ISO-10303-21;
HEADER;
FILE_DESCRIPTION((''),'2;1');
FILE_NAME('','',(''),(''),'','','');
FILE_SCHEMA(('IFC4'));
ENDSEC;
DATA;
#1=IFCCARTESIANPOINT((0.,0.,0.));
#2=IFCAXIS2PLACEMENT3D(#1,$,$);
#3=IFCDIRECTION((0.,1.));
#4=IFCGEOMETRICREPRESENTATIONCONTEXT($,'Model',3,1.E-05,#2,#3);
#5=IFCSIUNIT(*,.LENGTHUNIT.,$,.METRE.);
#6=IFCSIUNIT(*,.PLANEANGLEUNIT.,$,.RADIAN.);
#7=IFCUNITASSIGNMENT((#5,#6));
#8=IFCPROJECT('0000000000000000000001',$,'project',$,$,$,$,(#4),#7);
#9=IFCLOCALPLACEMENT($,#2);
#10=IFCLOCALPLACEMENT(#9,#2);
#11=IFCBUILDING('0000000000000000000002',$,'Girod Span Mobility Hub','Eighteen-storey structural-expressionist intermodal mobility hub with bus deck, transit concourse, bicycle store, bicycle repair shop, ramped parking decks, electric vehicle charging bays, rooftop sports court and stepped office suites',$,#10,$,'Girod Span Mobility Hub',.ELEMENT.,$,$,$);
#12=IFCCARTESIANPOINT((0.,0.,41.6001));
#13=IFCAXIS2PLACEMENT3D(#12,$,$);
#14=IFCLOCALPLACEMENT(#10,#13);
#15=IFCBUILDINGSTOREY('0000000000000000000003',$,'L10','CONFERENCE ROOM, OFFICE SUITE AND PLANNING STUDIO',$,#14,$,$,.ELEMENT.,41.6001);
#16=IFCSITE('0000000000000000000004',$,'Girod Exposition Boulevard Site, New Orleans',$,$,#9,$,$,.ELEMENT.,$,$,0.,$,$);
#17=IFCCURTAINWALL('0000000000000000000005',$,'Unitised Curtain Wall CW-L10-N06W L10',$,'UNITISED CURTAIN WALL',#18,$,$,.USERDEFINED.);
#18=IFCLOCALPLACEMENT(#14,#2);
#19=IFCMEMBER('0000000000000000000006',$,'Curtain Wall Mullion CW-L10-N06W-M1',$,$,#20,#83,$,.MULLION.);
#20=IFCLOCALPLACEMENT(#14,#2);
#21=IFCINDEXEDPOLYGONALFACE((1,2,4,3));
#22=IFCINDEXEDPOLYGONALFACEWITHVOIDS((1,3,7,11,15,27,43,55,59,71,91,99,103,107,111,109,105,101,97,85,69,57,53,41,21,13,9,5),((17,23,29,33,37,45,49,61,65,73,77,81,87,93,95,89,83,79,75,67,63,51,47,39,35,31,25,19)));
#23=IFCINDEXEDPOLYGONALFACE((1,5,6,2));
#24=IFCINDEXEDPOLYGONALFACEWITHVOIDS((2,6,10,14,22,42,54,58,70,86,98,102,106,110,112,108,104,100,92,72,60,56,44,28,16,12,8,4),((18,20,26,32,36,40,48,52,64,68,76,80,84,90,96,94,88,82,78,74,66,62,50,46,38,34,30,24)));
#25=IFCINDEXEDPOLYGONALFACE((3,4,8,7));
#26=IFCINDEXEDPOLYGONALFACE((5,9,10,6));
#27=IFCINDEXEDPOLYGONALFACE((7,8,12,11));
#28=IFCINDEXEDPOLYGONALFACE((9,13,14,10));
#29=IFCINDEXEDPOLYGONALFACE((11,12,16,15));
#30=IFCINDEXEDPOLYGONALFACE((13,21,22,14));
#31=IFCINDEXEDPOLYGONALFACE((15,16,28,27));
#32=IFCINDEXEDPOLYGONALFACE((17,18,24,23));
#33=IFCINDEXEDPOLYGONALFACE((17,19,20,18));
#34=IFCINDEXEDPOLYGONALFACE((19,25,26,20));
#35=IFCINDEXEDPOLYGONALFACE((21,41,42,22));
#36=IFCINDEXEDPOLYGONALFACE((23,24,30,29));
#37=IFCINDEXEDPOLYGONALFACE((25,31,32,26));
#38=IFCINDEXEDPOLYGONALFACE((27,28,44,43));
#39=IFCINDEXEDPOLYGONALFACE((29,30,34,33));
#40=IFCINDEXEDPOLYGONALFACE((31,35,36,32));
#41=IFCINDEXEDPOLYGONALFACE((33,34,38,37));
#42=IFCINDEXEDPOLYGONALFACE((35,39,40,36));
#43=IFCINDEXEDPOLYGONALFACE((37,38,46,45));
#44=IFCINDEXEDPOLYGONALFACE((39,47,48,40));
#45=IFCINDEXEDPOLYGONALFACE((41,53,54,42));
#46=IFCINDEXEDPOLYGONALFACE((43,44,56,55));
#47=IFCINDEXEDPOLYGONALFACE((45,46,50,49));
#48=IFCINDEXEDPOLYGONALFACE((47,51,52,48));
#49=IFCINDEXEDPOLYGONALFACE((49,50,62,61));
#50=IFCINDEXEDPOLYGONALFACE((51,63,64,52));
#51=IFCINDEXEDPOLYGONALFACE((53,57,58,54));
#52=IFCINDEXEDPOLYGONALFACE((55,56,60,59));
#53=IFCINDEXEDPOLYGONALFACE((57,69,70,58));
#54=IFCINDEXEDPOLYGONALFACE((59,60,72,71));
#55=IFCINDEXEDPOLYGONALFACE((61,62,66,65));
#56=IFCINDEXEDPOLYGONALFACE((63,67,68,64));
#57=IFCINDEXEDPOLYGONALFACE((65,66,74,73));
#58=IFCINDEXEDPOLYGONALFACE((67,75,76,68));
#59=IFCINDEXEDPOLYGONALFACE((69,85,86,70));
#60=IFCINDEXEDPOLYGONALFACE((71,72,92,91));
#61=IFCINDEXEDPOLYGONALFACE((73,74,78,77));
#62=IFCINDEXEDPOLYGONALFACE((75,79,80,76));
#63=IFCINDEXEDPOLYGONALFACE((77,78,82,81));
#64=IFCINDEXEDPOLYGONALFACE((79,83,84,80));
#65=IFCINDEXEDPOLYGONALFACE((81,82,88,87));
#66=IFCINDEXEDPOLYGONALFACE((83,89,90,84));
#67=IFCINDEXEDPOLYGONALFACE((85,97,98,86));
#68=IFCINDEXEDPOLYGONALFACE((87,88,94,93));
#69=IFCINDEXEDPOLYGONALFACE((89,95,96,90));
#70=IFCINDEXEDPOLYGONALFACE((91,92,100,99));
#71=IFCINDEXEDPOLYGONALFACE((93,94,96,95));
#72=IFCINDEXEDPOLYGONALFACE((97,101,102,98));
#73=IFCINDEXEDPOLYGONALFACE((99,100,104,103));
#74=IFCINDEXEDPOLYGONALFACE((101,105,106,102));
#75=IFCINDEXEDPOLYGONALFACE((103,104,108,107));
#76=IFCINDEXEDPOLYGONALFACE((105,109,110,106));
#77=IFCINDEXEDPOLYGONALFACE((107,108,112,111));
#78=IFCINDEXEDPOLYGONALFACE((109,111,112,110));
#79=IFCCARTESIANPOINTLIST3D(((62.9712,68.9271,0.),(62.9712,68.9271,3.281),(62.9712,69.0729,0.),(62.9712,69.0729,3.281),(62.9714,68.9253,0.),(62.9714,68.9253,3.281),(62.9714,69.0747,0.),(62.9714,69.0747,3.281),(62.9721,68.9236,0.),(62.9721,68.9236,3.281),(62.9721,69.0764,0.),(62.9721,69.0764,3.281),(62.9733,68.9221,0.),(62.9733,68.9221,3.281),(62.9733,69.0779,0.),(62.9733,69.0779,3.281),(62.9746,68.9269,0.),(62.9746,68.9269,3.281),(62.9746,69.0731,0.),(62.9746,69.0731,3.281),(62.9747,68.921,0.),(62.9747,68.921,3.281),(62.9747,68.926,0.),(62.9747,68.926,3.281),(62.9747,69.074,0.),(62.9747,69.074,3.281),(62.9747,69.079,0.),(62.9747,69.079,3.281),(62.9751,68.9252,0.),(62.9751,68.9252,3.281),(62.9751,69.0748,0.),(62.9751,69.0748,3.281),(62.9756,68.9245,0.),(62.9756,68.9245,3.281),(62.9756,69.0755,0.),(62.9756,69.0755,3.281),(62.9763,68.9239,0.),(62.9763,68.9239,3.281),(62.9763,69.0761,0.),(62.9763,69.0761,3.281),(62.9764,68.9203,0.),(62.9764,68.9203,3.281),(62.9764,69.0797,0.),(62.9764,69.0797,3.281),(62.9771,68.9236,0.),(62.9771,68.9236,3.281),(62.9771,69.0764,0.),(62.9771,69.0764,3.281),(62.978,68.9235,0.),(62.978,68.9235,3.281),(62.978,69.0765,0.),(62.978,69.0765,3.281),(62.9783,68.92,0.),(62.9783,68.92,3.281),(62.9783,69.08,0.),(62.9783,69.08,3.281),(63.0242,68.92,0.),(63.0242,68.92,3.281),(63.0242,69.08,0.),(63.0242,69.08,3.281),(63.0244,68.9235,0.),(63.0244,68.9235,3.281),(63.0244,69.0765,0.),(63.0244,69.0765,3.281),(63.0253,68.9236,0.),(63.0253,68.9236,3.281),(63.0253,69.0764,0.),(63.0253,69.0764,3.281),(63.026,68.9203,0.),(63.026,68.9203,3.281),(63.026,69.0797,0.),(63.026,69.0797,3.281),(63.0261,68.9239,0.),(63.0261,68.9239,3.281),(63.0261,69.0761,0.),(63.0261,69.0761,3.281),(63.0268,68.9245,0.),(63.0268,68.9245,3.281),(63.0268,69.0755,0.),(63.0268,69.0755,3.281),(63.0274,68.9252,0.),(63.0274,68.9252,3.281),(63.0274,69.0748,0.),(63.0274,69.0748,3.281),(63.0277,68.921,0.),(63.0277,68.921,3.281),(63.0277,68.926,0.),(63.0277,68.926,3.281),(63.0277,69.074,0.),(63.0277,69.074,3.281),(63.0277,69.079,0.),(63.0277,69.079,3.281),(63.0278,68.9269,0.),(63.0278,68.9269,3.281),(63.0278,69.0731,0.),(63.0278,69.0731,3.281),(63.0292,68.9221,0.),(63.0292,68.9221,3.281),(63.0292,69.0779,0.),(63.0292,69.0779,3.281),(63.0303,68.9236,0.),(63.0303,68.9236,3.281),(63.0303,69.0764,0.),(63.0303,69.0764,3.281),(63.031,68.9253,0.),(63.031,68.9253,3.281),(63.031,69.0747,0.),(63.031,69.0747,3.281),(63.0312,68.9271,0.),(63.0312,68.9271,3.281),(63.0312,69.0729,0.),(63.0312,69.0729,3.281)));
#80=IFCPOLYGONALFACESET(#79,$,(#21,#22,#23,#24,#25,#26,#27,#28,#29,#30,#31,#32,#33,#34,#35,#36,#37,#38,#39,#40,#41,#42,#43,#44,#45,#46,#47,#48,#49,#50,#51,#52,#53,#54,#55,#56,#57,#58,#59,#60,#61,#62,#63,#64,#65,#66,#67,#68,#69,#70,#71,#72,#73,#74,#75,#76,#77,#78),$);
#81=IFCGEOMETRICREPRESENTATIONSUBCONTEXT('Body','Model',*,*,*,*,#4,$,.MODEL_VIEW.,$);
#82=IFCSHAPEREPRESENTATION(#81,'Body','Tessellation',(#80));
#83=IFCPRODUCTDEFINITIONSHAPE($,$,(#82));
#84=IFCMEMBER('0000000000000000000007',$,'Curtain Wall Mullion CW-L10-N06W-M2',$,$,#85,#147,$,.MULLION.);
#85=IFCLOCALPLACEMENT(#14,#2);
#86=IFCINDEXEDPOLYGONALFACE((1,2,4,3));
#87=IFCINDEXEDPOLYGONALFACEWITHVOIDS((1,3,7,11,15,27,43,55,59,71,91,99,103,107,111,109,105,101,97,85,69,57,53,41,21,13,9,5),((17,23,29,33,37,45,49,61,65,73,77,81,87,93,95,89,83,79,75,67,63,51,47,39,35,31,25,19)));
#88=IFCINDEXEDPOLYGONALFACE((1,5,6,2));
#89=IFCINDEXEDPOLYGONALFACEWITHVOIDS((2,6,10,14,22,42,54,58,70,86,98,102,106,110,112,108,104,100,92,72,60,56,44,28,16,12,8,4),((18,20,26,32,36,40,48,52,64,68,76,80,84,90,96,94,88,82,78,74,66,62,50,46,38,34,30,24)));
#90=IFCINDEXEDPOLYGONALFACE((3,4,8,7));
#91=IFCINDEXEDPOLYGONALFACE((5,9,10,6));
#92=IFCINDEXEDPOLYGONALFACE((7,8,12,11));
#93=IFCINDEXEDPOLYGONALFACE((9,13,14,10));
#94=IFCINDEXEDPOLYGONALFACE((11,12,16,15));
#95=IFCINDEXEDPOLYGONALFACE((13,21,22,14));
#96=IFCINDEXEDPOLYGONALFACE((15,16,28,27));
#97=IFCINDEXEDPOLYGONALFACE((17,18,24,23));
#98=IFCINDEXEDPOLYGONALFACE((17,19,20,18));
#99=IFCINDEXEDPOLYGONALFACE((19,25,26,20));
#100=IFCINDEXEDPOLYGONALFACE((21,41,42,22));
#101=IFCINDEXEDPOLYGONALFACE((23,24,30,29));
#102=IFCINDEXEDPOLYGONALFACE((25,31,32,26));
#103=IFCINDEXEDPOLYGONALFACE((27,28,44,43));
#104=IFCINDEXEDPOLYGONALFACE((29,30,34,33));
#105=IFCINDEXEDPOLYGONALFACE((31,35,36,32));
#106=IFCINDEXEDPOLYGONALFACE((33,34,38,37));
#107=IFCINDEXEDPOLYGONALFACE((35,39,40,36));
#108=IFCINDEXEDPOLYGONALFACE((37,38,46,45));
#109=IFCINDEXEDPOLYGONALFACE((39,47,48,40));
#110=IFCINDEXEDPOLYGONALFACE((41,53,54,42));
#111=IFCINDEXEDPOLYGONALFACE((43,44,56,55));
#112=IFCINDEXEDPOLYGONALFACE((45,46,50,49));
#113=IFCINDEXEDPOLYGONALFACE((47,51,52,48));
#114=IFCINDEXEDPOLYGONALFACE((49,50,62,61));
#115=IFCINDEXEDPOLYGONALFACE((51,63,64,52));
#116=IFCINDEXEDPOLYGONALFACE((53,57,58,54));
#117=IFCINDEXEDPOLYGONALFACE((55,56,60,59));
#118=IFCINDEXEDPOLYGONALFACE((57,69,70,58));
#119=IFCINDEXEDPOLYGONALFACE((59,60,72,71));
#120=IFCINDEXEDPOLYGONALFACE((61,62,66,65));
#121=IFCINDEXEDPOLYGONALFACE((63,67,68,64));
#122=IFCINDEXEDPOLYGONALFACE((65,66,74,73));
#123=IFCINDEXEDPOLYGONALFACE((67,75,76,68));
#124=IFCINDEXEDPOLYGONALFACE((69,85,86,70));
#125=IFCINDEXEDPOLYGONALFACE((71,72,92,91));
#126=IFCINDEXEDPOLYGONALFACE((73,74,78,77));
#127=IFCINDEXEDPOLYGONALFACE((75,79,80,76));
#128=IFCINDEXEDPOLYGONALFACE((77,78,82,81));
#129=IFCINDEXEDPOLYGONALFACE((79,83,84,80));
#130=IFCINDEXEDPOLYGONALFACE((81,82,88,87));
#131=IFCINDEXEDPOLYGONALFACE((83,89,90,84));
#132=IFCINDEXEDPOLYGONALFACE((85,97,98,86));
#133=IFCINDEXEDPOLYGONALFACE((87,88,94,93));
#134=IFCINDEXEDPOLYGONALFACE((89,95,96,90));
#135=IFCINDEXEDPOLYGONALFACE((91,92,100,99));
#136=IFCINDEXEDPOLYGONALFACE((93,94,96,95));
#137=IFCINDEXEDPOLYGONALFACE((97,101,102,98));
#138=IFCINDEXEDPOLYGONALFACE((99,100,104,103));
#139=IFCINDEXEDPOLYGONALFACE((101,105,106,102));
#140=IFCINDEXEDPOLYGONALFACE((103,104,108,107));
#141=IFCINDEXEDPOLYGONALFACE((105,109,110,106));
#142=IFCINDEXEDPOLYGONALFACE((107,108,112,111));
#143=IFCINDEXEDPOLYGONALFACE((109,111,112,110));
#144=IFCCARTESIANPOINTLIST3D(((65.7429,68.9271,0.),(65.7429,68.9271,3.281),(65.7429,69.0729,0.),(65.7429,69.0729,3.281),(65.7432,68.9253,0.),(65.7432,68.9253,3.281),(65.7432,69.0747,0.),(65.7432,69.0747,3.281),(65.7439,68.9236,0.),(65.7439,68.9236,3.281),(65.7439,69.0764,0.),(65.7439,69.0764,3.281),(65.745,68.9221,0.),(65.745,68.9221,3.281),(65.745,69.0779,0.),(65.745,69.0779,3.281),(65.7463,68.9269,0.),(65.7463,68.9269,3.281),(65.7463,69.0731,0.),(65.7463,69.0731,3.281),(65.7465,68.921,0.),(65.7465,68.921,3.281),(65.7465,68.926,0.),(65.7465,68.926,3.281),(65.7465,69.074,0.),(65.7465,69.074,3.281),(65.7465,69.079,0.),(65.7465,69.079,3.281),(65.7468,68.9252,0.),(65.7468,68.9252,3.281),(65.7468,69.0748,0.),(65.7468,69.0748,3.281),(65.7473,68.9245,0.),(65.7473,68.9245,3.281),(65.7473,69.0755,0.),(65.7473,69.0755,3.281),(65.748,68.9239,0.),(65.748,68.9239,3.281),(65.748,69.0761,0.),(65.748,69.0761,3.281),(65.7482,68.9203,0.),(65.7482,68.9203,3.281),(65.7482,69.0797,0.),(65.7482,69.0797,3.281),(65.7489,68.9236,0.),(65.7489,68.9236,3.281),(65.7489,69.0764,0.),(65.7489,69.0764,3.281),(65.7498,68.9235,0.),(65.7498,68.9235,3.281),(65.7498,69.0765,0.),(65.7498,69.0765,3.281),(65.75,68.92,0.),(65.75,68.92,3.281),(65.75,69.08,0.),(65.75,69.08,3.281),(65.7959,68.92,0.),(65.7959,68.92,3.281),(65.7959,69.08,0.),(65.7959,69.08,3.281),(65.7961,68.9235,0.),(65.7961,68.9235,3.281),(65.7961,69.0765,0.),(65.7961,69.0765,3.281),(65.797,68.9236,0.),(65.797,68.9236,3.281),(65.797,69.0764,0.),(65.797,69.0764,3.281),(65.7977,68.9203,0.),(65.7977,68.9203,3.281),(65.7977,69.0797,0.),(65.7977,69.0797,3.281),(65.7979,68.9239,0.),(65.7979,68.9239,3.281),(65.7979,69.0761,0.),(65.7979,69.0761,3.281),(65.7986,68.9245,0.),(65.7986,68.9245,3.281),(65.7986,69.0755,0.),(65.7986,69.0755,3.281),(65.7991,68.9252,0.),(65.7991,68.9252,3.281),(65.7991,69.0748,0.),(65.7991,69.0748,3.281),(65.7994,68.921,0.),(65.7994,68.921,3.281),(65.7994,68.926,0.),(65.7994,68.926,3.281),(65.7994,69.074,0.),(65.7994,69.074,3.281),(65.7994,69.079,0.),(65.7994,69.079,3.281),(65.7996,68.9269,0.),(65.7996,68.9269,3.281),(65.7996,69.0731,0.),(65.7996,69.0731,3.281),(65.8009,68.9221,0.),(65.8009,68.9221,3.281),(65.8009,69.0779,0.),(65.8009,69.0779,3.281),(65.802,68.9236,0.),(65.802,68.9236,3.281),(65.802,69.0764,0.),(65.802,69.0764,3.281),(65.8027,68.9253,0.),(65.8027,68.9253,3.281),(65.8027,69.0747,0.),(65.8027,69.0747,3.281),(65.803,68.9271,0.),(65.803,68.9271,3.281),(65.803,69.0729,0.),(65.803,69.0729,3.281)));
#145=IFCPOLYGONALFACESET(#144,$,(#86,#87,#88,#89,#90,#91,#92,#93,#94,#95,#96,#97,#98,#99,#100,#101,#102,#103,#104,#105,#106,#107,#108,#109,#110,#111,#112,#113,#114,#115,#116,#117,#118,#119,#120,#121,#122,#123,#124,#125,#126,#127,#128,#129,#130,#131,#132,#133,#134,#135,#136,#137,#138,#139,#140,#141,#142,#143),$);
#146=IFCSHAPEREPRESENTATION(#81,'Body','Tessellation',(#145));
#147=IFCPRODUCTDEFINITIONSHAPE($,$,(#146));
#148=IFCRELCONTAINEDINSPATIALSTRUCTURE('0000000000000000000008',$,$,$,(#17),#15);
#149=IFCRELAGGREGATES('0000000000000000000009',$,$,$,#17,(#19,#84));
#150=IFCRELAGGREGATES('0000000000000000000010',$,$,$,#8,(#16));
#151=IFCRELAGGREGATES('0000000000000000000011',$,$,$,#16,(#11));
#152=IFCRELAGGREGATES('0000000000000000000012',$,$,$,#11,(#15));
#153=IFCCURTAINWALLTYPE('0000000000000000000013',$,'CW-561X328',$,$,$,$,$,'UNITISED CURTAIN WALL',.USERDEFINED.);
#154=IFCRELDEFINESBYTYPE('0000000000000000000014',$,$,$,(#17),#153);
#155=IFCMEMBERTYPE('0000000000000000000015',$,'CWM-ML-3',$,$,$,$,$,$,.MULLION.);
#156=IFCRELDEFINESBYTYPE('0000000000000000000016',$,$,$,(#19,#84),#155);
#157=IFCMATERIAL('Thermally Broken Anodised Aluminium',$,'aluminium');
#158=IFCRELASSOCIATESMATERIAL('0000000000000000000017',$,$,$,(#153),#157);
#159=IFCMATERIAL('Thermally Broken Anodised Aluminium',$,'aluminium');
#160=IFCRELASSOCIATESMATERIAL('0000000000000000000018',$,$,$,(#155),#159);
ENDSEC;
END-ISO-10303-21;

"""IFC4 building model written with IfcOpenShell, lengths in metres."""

from ifc_helpers import new_model, si_unit, direction, frame, origin, origin_2d, place, context, subcontext, project, spatial, hollow_rectangle, extrude, material, material_profile, profile_set, type_object, element, aggregate, save


model = new_model("IFC4")

# Units and contexts
model_context = context("Model", 3, precision=1e-05, world=origin(), true_north=direction((0.0, 1.0)))
body_context = subcontext(model_context, "Body", "Model", "MODEL_VIEW")
ifc_project = project(units=[si_unit("LENGTHUNIT", "METRE"), si_unit("PLANEANGLEUNIT", "RADIAN")], contexts=[model_context])

# Site, building, storey
site_placement = place(None, origin())
site = spatial("IfcSite", under=ifc_project, at=site_placement, Name="Girod Exposition Boulevard Site, New Orleans", CompositionType="ELEMENT", RefElevation=0.0)
building_placement = place(site_placement, origin())
building = spatial("IfcBuilding", under=site, at=building_placement, Name="Girod Span Mobility Hub", Description="Eighteen-storey structural-expressionist intermodal mobility hub with bus deck, transit concourse, bicycle store, bicycle repair shop, ramped parking decks, electric vehicle charging bays, rooftop sports court and stepped office suites", LongName="Girod Span Mobility Hub", CompositionType="ELEMENT")
storey_placement = place(building_placement, frame((0.0, 0.0, 41.6001)))
storey = spatial("IfcBuildingStorey", under=building, at=storey_placement, Name="L10", Description="CONFERENCE ROOM, OFFICE SUITE AND PLANNING STUDIO", CompositionType="ELEMENT", Elevation=41.6001)

# Curtain wall, members
ifc_material_1 = material(Name="Thermally Broken Anodised Aluminium", Category="aluminium")
curtain_wall_type = type_object("IfcCurtainWallType", Name="CW-561X328", ElementType="UNITISED CURTAIN WALL", PredefinedType="USERDEFINED", material=ifc_material_1)
curtain_wall_1_placement = place(storey_placement, origin())
curtain_wall_1 = element("IfcCurtainWall", 1, at=curtain_wall_1_placement, inside=storey, type_object=curtain_wall_type, Name="Unitised Curtain Wall CW-L10-N06W L10", ObjectType="UNITISED CURTAIN WALL", PredefinedType="USERDEFINED")
ifc_material_2 = material(Name="Thermally Broken Anodised Aluminium", Category="aluminium")
ifc_material_profile_1 = material_profile(ifc_material_2, hollow_rectangle(XDim=0.1599, YDim=0.0601, WallThickness=0.0034, InnerFilletRadius=0.0034, OuterFilletRadius=0.0071, at=origin_2d()), Name="CW-ML-60X160")
ifc_profile_set_1 = profile_set([ifc_material_profile_1], Name="Thermally Broken Anodised Aluminium")
member_type_1 = type_object("IfcMemberType", Name="CWM-ML-3", PredefinedType="MULLION", material=ifc_profile_set_1)
member_1_placement = place(storey_placement, frame((63.0012, 69.0, 0.0), z_axis=(0.0, 0.0, 1.0), x_axis=(0.0, 1.0, 0.0)))
member_1 = element("IfcMember", 2, at=member_1_placement, type_object=member_type_1, Name="Curtain Wall Mullion CW-L10-N06W-M1", PredefinedType="MULLION", context=body_context, shape_type="SweptSolid", body=[
    extrude(hollow_rectangle(XDim=0.1599, YDim=0.0601, WallThickness=0.0034, InnerFilletRadius=0.0034, OuterFilletRadius=0.0071, at=origin_2d()), origin(), (0.0, 0.0, 1.0), 3.281),
])
member_2_placement = place(storey_placement, frame((65.7729, 69.0, 0.0), z_axis=(0.0, 0.0, 1.0), x_axis=(0.0, 1.0, 0.0)))
member_2 = element("IfcMember", 3, at=member_2_placement, type_object=member_type_1, Name="Curtain Wall Mullion CW-L10-N06W-M2", PredefinedType="MULLION", context=body_context, shape_type="SweptSolid", body=[
    extrude(hollow_rectangle(XDim=0.1599, YDim=0.0601, WallThickness=0.0034, InnerFilletRadius=0.0034, OuterFilletRadius=0.0071, at=origin_2d()), origin(), (0.0, 0.0, 1.0), 3.281),
])

aggregate(curtain_wall_1, [member_1, member_2])

save(model, "model.ifc")
